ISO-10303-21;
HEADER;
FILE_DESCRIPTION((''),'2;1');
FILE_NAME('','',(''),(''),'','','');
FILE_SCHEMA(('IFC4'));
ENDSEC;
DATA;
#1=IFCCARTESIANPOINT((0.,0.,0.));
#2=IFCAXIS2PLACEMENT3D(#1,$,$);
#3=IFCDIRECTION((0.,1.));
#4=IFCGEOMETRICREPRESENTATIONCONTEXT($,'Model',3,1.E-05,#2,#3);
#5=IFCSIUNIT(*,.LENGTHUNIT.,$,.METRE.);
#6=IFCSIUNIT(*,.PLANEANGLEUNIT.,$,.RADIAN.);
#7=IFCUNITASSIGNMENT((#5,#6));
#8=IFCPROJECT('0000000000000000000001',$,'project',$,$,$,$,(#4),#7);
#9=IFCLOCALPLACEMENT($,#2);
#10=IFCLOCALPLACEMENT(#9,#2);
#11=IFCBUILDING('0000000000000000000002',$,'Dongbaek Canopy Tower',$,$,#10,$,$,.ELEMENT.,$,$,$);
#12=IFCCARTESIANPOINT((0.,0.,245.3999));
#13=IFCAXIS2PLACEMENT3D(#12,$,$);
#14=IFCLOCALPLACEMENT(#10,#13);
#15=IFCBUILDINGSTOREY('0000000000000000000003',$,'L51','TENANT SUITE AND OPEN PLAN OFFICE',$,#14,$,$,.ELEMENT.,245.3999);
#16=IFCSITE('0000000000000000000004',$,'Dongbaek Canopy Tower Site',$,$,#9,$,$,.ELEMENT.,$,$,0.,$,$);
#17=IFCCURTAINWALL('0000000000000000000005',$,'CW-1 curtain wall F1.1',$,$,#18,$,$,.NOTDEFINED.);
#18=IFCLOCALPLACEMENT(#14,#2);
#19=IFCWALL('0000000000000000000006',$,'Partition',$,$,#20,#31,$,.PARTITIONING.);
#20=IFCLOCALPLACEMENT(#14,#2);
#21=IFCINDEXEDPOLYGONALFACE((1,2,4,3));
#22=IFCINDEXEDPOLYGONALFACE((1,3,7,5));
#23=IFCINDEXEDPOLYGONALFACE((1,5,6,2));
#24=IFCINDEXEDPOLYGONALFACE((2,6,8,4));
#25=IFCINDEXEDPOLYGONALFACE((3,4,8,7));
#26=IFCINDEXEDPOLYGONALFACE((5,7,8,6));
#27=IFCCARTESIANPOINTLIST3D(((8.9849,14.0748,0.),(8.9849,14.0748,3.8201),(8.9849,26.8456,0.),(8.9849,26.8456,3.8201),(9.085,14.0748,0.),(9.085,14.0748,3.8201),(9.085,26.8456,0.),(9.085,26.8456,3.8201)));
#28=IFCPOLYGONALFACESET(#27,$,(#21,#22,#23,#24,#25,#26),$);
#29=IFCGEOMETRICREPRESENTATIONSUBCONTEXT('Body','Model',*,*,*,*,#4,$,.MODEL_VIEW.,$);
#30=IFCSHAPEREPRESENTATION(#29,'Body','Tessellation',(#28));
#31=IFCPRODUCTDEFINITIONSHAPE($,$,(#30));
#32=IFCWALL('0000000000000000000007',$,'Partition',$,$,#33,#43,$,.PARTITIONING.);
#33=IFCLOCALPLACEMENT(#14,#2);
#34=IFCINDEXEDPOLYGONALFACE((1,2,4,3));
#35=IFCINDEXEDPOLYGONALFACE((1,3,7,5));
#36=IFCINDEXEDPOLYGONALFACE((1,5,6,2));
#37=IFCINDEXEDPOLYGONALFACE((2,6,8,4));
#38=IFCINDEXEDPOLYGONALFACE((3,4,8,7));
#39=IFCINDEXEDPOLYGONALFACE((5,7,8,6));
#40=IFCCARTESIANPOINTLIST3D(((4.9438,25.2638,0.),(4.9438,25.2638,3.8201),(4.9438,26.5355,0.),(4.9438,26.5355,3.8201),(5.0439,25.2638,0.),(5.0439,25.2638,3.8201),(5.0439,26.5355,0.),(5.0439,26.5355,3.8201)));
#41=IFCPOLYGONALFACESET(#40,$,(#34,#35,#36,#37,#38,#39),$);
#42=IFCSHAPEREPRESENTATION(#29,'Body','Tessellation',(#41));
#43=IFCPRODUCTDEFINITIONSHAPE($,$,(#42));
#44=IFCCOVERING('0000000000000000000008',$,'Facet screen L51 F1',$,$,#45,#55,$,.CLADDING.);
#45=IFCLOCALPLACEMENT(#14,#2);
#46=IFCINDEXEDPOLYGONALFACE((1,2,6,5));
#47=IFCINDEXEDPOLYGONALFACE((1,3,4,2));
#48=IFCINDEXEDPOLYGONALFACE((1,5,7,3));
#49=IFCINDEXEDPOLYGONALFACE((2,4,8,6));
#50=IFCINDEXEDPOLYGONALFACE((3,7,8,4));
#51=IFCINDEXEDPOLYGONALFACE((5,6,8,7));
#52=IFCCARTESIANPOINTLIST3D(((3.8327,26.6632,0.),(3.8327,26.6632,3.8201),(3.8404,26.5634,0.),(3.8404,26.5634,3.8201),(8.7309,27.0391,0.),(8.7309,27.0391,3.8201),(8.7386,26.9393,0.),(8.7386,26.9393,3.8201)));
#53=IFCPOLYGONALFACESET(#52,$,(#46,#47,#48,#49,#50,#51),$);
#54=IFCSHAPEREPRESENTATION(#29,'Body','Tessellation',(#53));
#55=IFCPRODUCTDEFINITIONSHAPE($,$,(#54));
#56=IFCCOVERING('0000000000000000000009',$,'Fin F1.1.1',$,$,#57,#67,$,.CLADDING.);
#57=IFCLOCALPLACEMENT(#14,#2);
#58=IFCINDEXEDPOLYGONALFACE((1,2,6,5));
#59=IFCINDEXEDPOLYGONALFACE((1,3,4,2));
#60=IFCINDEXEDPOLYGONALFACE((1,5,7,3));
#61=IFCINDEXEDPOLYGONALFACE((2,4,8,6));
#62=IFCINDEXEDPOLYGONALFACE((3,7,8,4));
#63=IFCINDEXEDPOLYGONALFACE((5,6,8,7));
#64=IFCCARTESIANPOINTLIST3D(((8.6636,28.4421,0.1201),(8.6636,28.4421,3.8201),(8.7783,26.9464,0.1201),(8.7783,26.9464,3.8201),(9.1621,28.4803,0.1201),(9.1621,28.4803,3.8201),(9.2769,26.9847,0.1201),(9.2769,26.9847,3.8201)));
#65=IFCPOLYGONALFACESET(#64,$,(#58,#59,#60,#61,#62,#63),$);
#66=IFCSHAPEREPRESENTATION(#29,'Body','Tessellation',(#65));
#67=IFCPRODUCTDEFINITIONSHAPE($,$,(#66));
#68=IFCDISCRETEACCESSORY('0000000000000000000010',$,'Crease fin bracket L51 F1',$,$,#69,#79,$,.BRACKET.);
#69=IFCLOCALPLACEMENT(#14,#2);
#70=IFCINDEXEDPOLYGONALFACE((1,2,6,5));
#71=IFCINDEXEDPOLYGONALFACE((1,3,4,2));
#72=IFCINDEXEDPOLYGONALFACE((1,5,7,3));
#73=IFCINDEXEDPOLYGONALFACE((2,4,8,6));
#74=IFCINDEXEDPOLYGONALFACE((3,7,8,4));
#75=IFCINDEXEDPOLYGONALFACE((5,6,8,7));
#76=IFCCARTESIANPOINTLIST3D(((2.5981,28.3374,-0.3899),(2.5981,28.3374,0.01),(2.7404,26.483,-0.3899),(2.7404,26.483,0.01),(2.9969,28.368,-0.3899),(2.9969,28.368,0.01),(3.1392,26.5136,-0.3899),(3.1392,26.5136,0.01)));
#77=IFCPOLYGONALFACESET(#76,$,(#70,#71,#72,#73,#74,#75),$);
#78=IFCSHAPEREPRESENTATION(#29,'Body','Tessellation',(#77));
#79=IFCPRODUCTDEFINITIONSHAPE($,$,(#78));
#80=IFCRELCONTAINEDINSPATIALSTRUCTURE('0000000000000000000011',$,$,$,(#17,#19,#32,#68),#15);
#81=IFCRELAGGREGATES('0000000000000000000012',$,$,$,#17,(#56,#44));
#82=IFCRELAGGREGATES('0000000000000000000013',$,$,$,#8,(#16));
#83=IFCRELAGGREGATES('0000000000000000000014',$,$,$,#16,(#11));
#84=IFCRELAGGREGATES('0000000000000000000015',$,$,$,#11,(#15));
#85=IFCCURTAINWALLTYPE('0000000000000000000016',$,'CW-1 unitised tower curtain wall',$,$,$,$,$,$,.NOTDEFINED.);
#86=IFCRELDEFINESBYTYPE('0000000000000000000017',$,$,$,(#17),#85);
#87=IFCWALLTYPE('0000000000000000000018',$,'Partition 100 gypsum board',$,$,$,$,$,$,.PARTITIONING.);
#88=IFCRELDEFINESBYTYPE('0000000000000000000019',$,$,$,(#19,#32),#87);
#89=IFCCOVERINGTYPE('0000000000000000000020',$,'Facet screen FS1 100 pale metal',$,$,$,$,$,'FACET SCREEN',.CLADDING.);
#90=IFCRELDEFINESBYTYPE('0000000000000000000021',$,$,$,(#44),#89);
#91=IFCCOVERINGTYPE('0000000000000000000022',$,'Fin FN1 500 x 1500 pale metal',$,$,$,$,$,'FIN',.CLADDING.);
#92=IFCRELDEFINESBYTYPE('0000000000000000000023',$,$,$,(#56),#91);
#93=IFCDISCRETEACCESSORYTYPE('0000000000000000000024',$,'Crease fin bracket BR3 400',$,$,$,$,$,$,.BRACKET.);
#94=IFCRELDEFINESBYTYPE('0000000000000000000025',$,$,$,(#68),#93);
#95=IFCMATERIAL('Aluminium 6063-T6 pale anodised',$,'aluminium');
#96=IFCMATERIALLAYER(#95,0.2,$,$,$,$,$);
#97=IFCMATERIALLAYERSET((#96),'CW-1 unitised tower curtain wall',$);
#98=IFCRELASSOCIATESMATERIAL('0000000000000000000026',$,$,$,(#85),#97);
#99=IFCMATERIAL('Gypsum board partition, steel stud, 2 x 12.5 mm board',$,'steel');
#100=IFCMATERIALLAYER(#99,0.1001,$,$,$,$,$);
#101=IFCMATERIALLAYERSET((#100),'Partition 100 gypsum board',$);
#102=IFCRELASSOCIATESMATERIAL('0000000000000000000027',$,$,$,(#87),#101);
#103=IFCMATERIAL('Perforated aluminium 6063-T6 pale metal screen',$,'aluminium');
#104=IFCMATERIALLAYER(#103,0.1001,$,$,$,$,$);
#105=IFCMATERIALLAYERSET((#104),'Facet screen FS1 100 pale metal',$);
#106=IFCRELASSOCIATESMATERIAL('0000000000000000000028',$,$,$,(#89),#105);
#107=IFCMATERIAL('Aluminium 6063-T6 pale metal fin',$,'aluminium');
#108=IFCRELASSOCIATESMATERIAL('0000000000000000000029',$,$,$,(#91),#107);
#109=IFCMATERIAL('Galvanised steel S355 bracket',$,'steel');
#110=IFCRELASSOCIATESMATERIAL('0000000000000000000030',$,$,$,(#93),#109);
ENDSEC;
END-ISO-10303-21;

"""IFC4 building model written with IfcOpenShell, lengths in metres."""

from ifc_helpers import new_model, si_unit, direction, frame, frame_2d, origin, origin_2d, place, context, subcontext, project, spatial, rectangle, extrude, material, layer, layer_set, material_profile, profile_set, type_object, element, aggregate, save


model = new_model("IFC4")

# Units and contexts
model_context = context("Model", 3, precision=1e-05, world=origin(), true_north=direction((0.0, 1.0)))
body_context = subcontext(model_context, "Body", "Model", "MODEL_VIEW")
ifc_project = project(units=[si_unit("LENGTHUNIT", "METRE"), si_unit("PLANEANGLEUNIT", "RADIAN")], contexts=[model_context])

# Site, building, storey
site_placement = place(None, origin())
site = spatial("IfcSite", under=ifc_project, at=site_placement, Name="Dongbaek Canopy Tower Site", CompositionType="ELEMENT", RefElevation=0.0)
building_placement = place(site_placement, origin())
building = spatial("IfcBuilding", under=site, at=building_placement, Name="Dongbaek Canopy Tower", CompositionType="ELEMENT")
storey_placement = place(building_placement, frame((0.0, 0.0, 245.3999)))
storey = spatial("IfcBuildingStorey", under=building, at=storey_placement, Name="L51", Description="TENANT SUITE AND OPEN PLAN OFFICE", CompositionType="ELEMENT", Elevation=245.3999)

# Curtain wall
ifc_material_1 = material(Name="Aluminium 6063-T6 pale anodised", Category="aluminium")
ifc_layer_1 = layer(ifc_material_1, 0.2)
ifc_layer_set_1 = layer_set([ifc_layer_1], Name="CW-1 unitised tower curtain wall")
curtain_wall_type = type_object("IfcCurtainWallType", Name="CW-1 unitised tower curtain wall", PredefinedType="NOTDEFINED", material=ifc_layer_set_1)
curtain_wall_1_placement = place(storey_placement, origin())
curtain_wall_1 = element("IfcCurtainWall", 1, at=curtain_wall_1_placement, inside=storey, type_object=curtain_wall_type, Name="CW-1 curtain wall F1.1", PredefinedType="NOTDEFINED")

# Walls
ifc_material_2 = material(Name="Gypsum board partition, steel stud, 2 x 12.5 mm board", Category="steel")
ifc_layer_2 = layer(ifc_material_2, 0.1001)
ifc_layer_set_2 = layer_set([ifc_layer_2], Name="Partition 100 gypsum board")
wall_type_1 = type_object("IfcWallType", Name="Partition 100 gypsum board", PredefinedType="PARTITIONING", material=ifc_layer_set_2)
wall_1_placement = place(storey_placement, frame((9.0349, 14.075, 0.0), z_axis=(0.0, 0.0, 1.0), x_axis=(0.0, 1.0, 0.0)))
element("IfcWall", 2, at=wall_1_placement, inside=storey, type_object=wall_type_1, Name="Partition", PredefinedType="PARTITIONING", context=body_context, shape_type="SweptSolid", body=[
    extrude(rectangle(XDim=12.7708, YDim=0.1001, at=frame_2d((6.3853, 0.0))), origin(), (0.0, 0.0, 1.0), 3.8201),
])
wall_2_placement = place(storey_placement, frame((4.9939, 25.2639, 0.0), z_axis=(0.0, 0.0, 1.0), x_axis=(0.0, 1.0, 0.0)))
element("IfcWall", 3, at=wall_2_placement, inside=storey, type_object=wall_type_1, Name="Partition", PredefinedType="PARTITIONING", context=body_context, shape_type="SweptSolid", body=[
    extrude(rectangle(XDim=1.2717, YDim=0.1001, at=frame_2d((0.6357, 0.0))), origin(), (0.0, 0.0, 1.0), 3.8201),
])

# Coverings
ifc_material_3 = material(Name="Perforated aluminium 6063-T6 pale metal screen", Category="aluminium")
ifc_layer_3 = layer(ifc_material_3, 0.1001)
ifc_layer_set_3 = layer_set([ifc_layer_3], Name="Facet screen FS1 100 pale metal")
covering_type_1 = type_object("IfcCoveringType", Name="Facet screen FS1 100 pale metal", ElementType="FACET SCREEN", PredefinedType="CLADDING", material=ifc_layer_set_3)
covering_1_placement = place(storey_placement, frame((6.2856, 26.8013, 0.0), z_axis=(0.0, 0.0, 1.0), x_axis=(-0.997068, -0.076519, 0.0)))
covering_1 = element("IfcCovering", 4, at=covering_1_placement, type_object=covering_type_1, Name="Facet screen L51 F1", PredefinedType="CLADDING", context=body_context, shape_type="SweptSolid", body=[
    extrude(rectangle(XDim=4.9126, YDim=0.1001, at=origin_2d()), origin(), (0.0, 0.0, 1.0), 3.8201),
])
ifc_material_4 = material(Name="Aluminium 6063-T6 pale metal fin", Category="aluminium")
ifc_material_profile_1 = material_profile(ifc_material_4, rectangle(XDim=1.5, YDim=0.5, at=origin_2d()), Name="Fin FN1 500 x 1500 pale metal")
ifc_profile_set_1 = profile_set([ifc_material_profile_1], Name="Aluminium 6063-T6 pale metal fin")
covering_type_2 = type_object("IfcCoveringType", Name="Fin FN1 500 x 1500 pale metal", ElementType="FIN", PredefinedType="CLADDING", material=ifc_profile_set_1)
covering_2_placement = place(storey_placement, frame((8.9702, 27.7134, 0.1201), z_axis=(0.0, 0.0, 1.0), x_axis=(-0.076518, 0.997068, 0.0)))
covering_2 = element("IfcCovering", 5, at=covering_2_placement, type_object=covering_type_2, Name="Fin F1.1.1", PredefinedType="CLADDING", context=body_context, shape_type="SweptSolid", body=[
    extrude(rectangle(XDim=1.5, YDim=0.5, at=origin_2d()), origin(), (0.0, 0.0, 1.0), 3.7),
])
aggregate(curtain_wall_1, [covering_2, covering_1])

# Discrete accessory
ifc_material_5 = material(Name="Galvanised steel S355 bracket", Category="steel")
discrete_accessory_type = type_object("IfcDiscreteAccessoryType", Name="Crease fin bracket BR3 400", PredefinedType="BRACKET", material=ifc_material_5)
discrete_accessory_placement = place(storey_placement, frame((2.8687, 27.4255, -0.3899), z_axis=(0.0, 0.0, 1.0), x_axis=(-0.076519, 0.997068, 0.0)))
element("IfcDiscreteAccessory", 6, at=discrete_accessory_placement, inside=storey, type_object=discrete_accessory_type, Name="Crease fin bracket L51 F1", PredefinedType="BRACKET", context=body_context, shape_type="SweptSolid", body=[
    extrude(rectangle(XDim=1.8599, YDim=0.3999, at=origin_2d()), origin(), (0.0, 0.0, 1.0), 0.3999),
])

save(model, "model.ifc")
